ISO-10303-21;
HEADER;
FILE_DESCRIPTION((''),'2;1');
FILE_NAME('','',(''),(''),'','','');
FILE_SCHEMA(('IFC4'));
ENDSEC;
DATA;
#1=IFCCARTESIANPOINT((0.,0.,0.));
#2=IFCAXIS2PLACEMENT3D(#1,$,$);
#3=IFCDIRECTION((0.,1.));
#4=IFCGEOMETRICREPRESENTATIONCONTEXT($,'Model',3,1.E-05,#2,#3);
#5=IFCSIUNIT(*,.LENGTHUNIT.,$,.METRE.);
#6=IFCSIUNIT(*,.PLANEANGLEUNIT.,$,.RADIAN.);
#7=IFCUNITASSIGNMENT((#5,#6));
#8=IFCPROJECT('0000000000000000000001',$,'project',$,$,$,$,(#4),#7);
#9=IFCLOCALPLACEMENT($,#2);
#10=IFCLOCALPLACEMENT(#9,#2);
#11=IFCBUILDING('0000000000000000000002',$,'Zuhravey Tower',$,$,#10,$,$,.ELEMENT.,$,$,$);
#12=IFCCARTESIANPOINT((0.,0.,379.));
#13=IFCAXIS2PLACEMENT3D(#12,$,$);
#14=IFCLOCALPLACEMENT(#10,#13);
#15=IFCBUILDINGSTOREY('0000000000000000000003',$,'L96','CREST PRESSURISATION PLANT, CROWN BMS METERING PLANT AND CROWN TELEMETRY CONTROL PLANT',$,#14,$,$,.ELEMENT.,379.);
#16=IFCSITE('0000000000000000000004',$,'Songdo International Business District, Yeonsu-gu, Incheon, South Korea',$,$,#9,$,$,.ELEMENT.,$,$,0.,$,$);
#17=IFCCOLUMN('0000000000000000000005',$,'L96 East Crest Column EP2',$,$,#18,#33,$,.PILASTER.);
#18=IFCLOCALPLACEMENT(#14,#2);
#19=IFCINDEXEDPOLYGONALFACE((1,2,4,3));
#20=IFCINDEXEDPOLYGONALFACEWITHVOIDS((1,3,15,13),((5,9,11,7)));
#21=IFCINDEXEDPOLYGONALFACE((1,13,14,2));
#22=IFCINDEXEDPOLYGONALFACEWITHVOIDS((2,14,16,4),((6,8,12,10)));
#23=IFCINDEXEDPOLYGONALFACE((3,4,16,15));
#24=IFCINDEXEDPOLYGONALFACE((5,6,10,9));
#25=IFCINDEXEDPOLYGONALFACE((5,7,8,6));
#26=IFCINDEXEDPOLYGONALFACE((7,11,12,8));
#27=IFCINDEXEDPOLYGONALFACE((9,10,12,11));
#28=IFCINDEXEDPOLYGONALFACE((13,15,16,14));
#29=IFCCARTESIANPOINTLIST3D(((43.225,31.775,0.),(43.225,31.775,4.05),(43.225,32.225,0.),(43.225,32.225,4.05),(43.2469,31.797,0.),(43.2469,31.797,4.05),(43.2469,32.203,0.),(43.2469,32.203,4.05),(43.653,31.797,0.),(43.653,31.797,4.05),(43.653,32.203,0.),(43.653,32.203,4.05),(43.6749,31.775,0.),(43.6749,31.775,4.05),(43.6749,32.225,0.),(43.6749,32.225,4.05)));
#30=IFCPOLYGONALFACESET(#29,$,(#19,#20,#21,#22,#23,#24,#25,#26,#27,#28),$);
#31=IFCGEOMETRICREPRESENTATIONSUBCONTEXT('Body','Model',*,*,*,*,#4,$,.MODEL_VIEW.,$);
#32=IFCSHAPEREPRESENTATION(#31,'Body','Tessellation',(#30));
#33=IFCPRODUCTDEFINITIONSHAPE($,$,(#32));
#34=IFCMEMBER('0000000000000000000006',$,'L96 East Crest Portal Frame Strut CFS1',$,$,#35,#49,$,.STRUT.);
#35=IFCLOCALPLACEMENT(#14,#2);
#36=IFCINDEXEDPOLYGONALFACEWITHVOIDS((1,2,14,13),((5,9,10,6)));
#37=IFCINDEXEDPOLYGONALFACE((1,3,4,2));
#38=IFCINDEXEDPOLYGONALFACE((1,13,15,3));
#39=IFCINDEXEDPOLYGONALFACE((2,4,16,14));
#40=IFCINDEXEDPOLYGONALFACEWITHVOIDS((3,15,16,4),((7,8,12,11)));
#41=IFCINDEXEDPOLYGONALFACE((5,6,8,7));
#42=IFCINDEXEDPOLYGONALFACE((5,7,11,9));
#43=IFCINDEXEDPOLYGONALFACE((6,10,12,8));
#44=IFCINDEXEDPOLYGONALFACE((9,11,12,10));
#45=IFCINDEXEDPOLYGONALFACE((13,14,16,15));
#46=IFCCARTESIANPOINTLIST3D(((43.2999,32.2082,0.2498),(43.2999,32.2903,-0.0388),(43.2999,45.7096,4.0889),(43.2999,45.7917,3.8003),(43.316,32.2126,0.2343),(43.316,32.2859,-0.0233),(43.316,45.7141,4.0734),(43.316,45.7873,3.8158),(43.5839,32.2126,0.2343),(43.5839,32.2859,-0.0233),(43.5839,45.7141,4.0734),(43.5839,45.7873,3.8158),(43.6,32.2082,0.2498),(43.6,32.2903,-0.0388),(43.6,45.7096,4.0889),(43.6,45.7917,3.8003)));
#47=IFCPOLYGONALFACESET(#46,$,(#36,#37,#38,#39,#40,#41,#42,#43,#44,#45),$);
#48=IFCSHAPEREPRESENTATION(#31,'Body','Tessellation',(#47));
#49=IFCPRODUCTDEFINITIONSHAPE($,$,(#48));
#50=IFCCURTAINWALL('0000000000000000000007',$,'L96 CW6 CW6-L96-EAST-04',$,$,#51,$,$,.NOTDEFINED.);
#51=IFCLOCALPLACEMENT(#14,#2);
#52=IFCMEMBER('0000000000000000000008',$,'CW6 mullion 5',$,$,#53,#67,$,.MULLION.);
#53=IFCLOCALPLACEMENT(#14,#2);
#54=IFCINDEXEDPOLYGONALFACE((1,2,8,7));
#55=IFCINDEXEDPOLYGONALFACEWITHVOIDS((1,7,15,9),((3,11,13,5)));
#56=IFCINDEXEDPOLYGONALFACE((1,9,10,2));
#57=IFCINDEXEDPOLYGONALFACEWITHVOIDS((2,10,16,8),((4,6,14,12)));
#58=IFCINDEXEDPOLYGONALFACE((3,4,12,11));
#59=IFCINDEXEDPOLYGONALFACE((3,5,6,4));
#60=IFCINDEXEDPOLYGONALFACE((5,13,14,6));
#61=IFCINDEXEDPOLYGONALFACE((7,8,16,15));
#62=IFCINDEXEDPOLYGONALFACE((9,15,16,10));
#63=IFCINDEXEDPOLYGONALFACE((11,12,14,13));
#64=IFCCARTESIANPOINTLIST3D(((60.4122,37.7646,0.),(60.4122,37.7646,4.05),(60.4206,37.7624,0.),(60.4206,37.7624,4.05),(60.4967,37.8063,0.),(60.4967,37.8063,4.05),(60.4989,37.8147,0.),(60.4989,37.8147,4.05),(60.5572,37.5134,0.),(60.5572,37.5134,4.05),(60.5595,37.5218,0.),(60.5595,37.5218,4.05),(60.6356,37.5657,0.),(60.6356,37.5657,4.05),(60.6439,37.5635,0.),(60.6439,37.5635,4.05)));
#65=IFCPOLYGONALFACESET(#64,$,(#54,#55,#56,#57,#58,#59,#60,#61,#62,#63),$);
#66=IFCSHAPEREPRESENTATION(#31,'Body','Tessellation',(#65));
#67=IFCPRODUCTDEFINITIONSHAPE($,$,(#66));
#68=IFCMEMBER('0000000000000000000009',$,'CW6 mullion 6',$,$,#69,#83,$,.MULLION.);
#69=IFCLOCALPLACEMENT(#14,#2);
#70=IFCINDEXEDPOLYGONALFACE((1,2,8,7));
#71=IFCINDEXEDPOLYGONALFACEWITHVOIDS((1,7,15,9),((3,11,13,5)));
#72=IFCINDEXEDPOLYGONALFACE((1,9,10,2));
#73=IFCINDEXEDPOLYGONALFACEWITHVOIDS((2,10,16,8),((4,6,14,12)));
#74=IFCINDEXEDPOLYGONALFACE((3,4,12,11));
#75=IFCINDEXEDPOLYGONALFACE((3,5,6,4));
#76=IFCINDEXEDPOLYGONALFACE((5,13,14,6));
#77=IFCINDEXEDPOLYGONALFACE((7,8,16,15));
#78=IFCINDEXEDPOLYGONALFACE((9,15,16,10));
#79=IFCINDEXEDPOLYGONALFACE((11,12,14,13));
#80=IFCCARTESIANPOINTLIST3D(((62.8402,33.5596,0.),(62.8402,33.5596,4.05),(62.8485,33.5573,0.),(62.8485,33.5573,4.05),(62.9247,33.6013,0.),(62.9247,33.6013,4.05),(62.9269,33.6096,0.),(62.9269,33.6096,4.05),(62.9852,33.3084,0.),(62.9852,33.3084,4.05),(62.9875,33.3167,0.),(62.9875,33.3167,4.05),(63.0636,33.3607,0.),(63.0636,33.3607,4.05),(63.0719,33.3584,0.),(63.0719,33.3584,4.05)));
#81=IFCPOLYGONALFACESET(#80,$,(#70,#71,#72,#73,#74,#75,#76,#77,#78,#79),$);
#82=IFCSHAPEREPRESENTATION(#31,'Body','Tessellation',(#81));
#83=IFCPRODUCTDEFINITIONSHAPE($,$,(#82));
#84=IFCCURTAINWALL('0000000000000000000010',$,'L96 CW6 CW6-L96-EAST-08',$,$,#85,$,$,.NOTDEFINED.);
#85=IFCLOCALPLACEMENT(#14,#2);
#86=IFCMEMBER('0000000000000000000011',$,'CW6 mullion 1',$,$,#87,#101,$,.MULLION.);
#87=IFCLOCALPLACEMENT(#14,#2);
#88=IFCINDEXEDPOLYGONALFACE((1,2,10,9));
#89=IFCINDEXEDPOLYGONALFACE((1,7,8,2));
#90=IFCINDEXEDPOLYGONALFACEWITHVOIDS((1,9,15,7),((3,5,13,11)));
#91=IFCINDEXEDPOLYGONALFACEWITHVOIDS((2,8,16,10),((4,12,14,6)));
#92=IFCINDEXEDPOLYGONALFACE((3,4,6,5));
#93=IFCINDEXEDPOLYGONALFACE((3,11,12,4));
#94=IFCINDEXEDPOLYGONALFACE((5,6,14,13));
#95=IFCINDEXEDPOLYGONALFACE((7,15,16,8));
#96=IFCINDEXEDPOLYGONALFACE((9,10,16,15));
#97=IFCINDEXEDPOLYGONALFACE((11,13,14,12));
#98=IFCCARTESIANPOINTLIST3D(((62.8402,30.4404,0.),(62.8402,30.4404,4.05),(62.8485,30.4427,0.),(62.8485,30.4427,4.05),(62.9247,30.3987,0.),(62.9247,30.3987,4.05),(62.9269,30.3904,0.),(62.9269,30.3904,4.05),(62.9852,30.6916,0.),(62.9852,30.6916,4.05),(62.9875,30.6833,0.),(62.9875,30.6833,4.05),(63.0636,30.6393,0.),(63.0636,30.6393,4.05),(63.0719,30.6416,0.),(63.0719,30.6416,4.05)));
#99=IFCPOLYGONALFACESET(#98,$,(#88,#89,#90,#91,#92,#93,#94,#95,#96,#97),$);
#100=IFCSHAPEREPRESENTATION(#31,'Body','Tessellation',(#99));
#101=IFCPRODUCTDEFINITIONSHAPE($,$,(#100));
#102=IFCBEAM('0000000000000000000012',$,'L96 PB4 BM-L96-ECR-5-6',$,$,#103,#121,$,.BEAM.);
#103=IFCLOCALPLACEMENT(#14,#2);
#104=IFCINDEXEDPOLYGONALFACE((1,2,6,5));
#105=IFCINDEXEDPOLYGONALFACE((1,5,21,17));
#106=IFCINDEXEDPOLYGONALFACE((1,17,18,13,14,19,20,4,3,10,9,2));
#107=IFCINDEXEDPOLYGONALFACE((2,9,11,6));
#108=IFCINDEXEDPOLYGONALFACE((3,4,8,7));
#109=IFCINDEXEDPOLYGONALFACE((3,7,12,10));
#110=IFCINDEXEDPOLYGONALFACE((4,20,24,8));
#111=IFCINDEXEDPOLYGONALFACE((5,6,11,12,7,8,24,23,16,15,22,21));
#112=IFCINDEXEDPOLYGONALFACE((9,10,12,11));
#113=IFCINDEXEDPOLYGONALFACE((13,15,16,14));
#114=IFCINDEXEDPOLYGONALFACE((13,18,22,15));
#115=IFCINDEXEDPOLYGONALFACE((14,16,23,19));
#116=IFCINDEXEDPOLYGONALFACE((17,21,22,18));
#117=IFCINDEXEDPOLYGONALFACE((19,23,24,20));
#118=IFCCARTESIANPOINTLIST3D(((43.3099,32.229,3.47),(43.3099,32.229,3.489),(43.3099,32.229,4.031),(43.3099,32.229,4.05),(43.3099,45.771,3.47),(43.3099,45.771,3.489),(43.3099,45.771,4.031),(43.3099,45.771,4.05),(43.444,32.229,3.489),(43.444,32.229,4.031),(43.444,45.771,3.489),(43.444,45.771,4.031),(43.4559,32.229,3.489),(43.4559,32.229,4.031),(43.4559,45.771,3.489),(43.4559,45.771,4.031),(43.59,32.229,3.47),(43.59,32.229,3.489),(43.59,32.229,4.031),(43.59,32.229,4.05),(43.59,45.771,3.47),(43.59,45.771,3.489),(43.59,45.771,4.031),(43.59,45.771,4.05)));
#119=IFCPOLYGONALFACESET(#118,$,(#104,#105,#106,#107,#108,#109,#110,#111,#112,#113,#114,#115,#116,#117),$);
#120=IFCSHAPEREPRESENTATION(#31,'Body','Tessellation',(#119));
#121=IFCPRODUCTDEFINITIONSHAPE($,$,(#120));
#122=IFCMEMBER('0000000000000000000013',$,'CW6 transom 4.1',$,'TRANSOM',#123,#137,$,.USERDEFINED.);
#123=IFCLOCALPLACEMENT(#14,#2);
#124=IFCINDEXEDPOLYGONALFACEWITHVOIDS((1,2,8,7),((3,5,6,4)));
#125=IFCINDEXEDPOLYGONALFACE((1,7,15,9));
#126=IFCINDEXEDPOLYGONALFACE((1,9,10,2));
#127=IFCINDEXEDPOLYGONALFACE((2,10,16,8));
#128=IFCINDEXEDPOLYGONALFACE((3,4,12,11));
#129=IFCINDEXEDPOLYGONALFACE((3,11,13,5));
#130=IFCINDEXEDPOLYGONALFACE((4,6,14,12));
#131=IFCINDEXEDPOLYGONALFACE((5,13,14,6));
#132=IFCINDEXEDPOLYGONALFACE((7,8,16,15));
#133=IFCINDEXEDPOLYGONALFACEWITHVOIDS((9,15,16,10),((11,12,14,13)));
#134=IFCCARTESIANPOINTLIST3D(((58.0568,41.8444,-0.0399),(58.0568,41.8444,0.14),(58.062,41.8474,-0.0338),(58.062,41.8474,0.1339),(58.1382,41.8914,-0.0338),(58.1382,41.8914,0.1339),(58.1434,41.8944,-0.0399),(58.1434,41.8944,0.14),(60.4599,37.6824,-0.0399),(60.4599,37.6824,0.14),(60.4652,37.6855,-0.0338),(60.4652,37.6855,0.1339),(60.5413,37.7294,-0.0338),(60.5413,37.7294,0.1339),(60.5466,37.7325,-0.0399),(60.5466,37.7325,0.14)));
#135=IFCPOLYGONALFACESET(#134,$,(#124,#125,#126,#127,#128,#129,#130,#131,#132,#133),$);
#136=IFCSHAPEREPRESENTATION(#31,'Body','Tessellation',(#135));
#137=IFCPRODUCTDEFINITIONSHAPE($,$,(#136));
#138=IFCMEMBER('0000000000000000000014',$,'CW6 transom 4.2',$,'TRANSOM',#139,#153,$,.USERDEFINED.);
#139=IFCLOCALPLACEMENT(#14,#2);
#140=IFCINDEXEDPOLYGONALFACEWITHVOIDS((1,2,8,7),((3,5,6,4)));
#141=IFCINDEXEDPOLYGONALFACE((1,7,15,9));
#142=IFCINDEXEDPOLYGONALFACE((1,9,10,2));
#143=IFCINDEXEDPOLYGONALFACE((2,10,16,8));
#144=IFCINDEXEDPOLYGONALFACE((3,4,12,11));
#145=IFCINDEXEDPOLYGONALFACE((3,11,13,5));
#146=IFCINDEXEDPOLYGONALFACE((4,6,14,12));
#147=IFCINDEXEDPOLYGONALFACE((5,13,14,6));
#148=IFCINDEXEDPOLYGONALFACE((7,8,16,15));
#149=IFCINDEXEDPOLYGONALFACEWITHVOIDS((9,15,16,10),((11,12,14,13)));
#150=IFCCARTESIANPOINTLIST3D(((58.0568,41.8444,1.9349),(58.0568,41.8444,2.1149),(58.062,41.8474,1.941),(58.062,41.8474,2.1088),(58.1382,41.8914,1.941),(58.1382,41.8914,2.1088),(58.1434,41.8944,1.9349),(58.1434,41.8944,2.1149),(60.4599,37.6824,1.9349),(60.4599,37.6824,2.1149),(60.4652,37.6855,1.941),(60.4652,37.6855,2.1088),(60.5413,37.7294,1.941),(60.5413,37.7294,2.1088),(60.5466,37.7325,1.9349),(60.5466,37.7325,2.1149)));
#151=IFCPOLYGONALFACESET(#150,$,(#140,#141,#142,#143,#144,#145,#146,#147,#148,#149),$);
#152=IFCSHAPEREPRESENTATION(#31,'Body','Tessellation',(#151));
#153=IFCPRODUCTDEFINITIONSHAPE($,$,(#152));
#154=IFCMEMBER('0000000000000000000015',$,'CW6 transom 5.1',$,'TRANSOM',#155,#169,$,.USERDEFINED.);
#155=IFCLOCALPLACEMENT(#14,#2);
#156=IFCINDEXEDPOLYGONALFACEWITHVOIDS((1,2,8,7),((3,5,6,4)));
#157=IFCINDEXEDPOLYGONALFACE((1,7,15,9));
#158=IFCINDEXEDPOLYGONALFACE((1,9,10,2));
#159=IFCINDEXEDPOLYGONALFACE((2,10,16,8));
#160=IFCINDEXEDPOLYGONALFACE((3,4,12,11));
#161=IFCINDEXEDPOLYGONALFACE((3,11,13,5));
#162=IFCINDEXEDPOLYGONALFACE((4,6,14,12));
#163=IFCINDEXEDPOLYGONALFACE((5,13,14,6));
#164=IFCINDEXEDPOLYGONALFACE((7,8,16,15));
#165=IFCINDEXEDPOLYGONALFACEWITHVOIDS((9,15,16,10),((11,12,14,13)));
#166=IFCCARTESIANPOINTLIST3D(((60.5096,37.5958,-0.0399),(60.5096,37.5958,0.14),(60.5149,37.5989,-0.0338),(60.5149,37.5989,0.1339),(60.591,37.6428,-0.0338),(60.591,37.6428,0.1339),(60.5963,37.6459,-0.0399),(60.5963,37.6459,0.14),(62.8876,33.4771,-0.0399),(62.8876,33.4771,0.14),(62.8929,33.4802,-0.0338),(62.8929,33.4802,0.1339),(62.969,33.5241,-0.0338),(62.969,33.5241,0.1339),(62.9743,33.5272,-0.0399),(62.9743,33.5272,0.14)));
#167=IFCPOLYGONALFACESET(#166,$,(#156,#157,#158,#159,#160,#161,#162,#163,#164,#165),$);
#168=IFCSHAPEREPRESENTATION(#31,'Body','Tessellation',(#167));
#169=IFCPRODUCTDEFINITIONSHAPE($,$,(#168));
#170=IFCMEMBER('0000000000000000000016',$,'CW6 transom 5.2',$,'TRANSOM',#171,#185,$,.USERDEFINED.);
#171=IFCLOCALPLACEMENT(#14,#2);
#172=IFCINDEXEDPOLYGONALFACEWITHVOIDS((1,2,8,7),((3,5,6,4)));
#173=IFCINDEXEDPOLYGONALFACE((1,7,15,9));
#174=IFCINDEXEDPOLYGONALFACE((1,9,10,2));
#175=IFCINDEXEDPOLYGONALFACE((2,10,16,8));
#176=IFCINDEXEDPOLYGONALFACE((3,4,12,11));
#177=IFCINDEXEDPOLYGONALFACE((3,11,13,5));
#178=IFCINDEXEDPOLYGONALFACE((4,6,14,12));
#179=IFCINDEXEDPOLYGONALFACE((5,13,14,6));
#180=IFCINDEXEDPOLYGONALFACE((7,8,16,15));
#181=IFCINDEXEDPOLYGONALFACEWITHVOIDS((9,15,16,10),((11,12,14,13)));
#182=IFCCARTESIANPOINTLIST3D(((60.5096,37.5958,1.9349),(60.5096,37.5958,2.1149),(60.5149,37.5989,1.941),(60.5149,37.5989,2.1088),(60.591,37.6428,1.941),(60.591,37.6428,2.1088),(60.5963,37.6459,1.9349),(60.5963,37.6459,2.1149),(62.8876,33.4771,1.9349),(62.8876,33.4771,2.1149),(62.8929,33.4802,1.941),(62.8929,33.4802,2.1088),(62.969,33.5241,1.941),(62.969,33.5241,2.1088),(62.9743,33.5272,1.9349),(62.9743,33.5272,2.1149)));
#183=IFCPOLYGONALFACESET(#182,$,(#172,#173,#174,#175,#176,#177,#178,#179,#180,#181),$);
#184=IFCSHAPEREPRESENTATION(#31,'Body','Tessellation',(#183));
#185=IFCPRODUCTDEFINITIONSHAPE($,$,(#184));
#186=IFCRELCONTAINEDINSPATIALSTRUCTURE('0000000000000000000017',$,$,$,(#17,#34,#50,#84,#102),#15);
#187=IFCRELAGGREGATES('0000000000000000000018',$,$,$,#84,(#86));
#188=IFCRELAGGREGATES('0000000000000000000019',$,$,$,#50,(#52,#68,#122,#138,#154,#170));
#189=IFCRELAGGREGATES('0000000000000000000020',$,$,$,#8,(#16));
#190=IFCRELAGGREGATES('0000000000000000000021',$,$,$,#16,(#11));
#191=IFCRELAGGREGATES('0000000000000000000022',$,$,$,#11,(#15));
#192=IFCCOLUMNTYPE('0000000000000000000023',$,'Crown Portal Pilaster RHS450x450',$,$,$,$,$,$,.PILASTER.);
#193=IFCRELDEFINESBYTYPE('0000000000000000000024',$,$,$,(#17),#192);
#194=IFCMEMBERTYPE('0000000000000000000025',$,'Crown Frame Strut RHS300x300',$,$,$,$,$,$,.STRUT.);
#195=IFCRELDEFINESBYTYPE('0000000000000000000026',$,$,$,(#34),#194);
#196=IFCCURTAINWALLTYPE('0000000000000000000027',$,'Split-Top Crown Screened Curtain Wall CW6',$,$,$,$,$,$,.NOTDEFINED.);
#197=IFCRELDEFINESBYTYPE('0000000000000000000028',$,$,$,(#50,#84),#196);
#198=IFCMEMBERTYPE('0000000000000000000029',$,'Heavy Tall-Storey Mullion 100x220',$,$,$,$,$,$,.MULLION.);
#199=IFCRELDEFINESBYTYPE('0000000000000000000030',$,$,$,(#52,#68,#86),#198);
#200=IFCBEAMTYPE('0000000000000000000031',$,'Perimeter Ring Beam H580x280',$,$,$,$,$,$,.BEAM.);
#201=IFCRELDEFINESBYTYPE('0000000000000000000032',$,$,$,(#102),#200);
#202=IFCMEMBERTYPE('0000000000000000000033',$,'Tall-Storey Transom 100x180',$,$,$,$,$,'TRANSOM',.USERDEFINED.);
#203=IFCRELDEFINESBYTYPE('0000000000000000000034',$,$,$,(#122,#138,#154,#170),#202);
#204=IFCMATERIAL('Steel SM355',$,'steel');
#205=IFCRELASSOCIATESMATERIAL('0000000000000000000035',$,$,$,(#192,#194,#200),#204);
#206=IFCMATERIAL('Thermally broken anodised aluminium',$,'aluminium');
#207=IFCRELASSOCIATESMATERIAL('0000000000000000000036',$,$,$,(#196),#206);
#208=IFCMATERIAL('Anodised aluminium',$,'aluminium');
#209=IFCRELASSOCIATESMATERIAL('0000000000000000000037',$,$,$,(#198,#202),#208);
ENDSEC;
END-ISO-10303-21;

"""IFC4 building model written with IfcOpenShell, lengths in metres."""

from ifc_helpers import new_model, si_unit, direction, frame, origin, origin_2d, place, context, subcontext, project, spatial, hollow_rectangle, i_section, extrude, material, material_profile, profile_set, type_object, element, aggregate, save


model = new_model("IFC4")

# Units and contexts
model_context = context("Model", 3, precision=1e-05, world=origin(), true_north=direction((0.0, 1.0)))
body_context = subcontext(model_context, "Body", "Model", "MODEL_VIEW")
ifc_project = project(units=[si_unit("LENGTHUNIT", "METRE"), si_unit("PLANEANGLEUNIT", "RADIAN")], contexts=[model_context])

# Site, building, storey
site_placement = place(None, origin())
site = spatial("IfcSite", under=ifc_project, at=site_placement, Name="Songdo International Business District, Yeonsu-gu, Incheon, South Korea", CompositionType="ELEMENT", RefElevation=0.0)
building_placement = place(site_placement, origin())
building = spatial("IfcBuilding", under=site, at=building_placement, Name="Zuhravey Tower", CompositionType="ELEMENT")
storey_placement = place(building_placement, frame((0.0, 0.0, 379.0)))
storey = spatial("IfcBuildingStorey", under=building, at=storey_placement, Name="L96", Description="CREST PRESSURISATION PLANT, CROWN BMS METERING PLANT AND CROWN TELEMETRY CONTROL PLANT", CompositionType="ELEMENT", Elevation=379.0)

# Column
ifc_material_1 = material(Name="Steel SM355", Category="steel")
ifc_material_profile_1 = material_profile(ifc_material_1, hollow_rectangle(XDim=0.45, YDim=0.45, WallThickness=0.022, at=origin_2d()), Name="RHS-450x450x22")
ifc_profile_set_1 = profile_set([ifc_material_profile_1], Name="Steel SM355")
column_type = type_object("IfcColumnType", Name="Crown Portal Pilaster RHS450x450", PredefinedType="PILASTER", material=ifc_profile_set_1)
column_placement = place(storey_placement, frame((43.45, 32.0, 0.0), z_axis=(0.0, 0.0, 1.0), x_axis=(1.0, 0.0, 0.0)))
element("IfcColumn", 1, at=column_placement, inside=storey, type_object=column_type, Name="L96 East Crest Column EP2", PredefinedType="PILASTER", context=body_context, shape_type="SweptSolid", body=[
    extrude(hollow_rectangle(XDim=0.45, YDim=0.45, WallThickness=0.022, at=origin_2d()), origin(), (0.0, 0.0, 1.0), 4.05),
])

# Member
ifc_material_profile_2 = material_profile(ifc_material_1, hollow_rectangle(XDim=0.3, YDim=0.3, WallThickness=0.0161, at=origin_2d()), Name="RHS-300x300x16")
ifc_profile_set_2 = profile_set([ifc_material_profile_2], Name="Steel SM355")
member_type_1 = type_object("IfcMemberType", Name="Crown Frame Strut RHS300x300", PredefinedType="STRUT", material=ifc_profile_set_2)
member_1_placement = place(storey_placement, frame((43.45, 32.2493, 0.1055), z_axis=(0.0, 0.96187, 0.273506), x_axis=(-1.0, 0.0, 0.0)))
element("IfcMember", 2, at=member_1_placement, inside=storey, type_object=member_type_1, Name="L96 East Crest Portal Frame Strut CFS1", PredefinedType="STRUT", context=body_context, shape_type="SweptSolid", body=[
    extrude(hollow_rectangle(XDim=0.3, YDim=0.3, WallThickness=0.0161, at=origin_2d()), origin(), (0.0, 0.0, 1.0), 14.0366),
])

# Curtain wall, members
ifc_material_2 = material(Name="Thermally broken anodised aluminium", Category="aluminium")
curtain_wall_type = type_object("IfcCurtainWallType", Name="Split-Top Crown Screened Curtain Wall CW6", PredefinedType="NOTDEFINED", material=ifc_material_2)
curtain_wall_1_placement = place(storey_placement, origin())
curtain_wall_1 = element("IfcCurtainWall", 3, at=curtain_wall_1_placement, inside=storey, type_object=curtain_wall_type, Name="L96 CW6 CW6-L96-EAST-04", PredefinedType="NOTDEFINED")
ifc_material_3 = material(Name="Anodised aluminium", Category="aluminium")
ifc_material_profile_3 = material_profile(ifc_material_3, hollow_rectangle(XDim=0.1001, YDim=0.29, WallThickness=0.0061, at=origin_2d()), Name="ALU-RHS-100x290x6")
ifc_profile_set_3 = profile_set([ifc_material_profile_3], Name="Anodised aluminium")
member_type_2 = type_object("IfcMemberType", Name="Heavy Tall-Storey Mullion 100x220", PredefinedType="MULLION", material=ifc_profile_set_3)
member_2_placement = place(storey_placement, frame((60.5281, 37.6641, 0.0), z_axis=(0.0, 0.0, 1.0), x_axis=(0.866027, 0.499997, 0.0)))
member_2 = element("IfcMember", 4, at=member_2_placement, type_object=member_type_2, Name="CW6 mullion 5", PredefinedType="MULLION", context=body_context, shape_type="SweptSolid", body=[
    extrude(hollow_rectangle(XDim=0.1001, YDim=0.29, WallThickness=0.0061, at=origin_2d()), origin(), (0.0, 0.0, 1.0), 4.05),
])
member_3_placement = place(storey_placement, frame((62.9561, 33.459, 0.0), z_axis=(0.0, 0.0, 1.0), x_axis=(0.866027, 0.499997, 0.0)))
member_3 = element("IfcMember", 5, at=member_3_placement, type_object=member_type_2, Name="CW6 mullion 6", PredefinedType="MULLION", context=body_context, shape_type="SweptSolid", body=[
    extrude(hollow_rectangle(XDim=0.1001, YDim=0.29, WallThickness=0.0061, at=origin_2d()), origin(), (0.0, 0.0, 1.0), 4.05),
])

# Curtain wall, member
curtain_wall_2_placement = place(storey_placement, origin())
curtain_wall_2 = element("IfcCurtainWall", 6, at=curtain_wall_2_placement, inside=storey, type_object=curtain_wall_type, Name="L96 CW6 CW6-L96-EAST-08", PredefinedType="NOTDEFINED")
member_4_placement = place(storey_placement, frame((62.9561, 30.541, 0.0), z_axis=(0.0, 0.0, 1.0), x_axis=(0.866027, -0.499997, 0.0)))
member_4 = element("IfcMember", 7, at=member_4_placement, type_object=member_type_2, Name="CW6 mullion 1", PredefinedType="MULLION", context=body_context, shape_type="SweptSolid", body=[
    extrude(hollow_rectangle(XDim=0.1001, YDim=0.29, WallThickness=0.0061, at=origin_2d()), origin(), (0.0, 0.0, 1.0), 4.05),
])

# Beam
ifc_material_profile_4 = material_profile(ifc_material_1, i_section(OverallWidth=0.28, OverallDepth=0.5801, WebThickness=0.012, FlangeThickness=0.019, at=origin_2d()), Name="H-580x280x12x19")
ifc_profile_set_4 = profile_set([ifc_material_profile_4], Name="Steel SM355")
beam_type = type_object("IfcBeamType", Name="Perimeter Ring Beam H580x280", PredefinedType="BEAM", material=ifc_profile_set_4)
beam_placement = place(storey_placement, frame((43.45, 32.229, 3.76), z_axis=(0.0, 1.0, 0.0), x_axis=(-1.0, 0.0, 0.0)))
element("IfcBeam", 8, at=beam_placement, inside=storey, type_object=beam_type, Name="L96 PB4 BM-L96-ECR-5-6", PredefinedType="BEAM", context=body_context, shape_type="SweptSolid", body=[
    extrude(i_section(OverallWidth=0.28, OverallDepth=0.5801, WebThickness=0.012, FlangeThickness=0.019, at=origin_2d()), origin(), (0.0, 0.0, 1.0), 13.542),
])

# Members
ifc_material_profile_5 = material_profile(ifc_material_3, hollow_rectangle(XDim=0.1001, YDim=0.1799, WallThickness=0.0061, at=origin_2d()), Name="ALU-RHS-100x180x6")
ifc_profile_set_5 = profile_set([ifc_material_profile_5], Name="Anodised aluminium")
member_type_3 = type_object("IfcMemberType", Name="Tall-Storey Transom 100x180", ElementType="TRANSOM", PredefinedType="USERDEFINED", material=ifc_profile_set_5)
member_5_placement = place(storey_placement, frame((58.1001, 41.8694, 0.05), z_axis=(0.500035, -0.866005, 0.0), x_axis=(0.866005, 0.500035, 0.0)))
member_5 = element("IfcMember", 9, at=member_5_placement, type_object=member_type_3, Name="CW6 transom 4.1", ObjectType="TRANSOM", PredefinedType="USERDEFINED", context=body_context, shape_type="SweptSolid", body=[
    extrude(hollow_rectangle(XDim=0.1001, YDim=0.1799, WallThickness=0.0061, at=origin_2d()), origin(), (0.0, 0.0, 1.0), 4.8059),
])
member_6_placement = place(storey_placement, frame((58.1001, 41.8694, 2.0249), z_axis=(0.500035, -0.866005, 0.0), x_axis=(0.866005, 0.500035, 0.0)))
member_6 = element("IfcMember", 10, at=member_6_placement, type_object=member_type_3, Name="CW6 transom 4.2", ObjectType="TRANSOM", PredefinedType="USERDEFINED", context=body_context, shape_type="SweptSolid", body=[
    extrude(hollow_rectangle(XDim=0.1001, YDim=0.1799, WallThickness=0.0061, at=origin_2d()), origin(), (0.0, 0.0, 1.0), 4.8059),
])
member_7_placement = place(storey_placement, frame((60.553, 37.6208, 0.05), z_axis=(0.500004, -0.866023, 0.0), x_axis=(0.866023, 0.500004, 0.0)))
member_7 = element("IfcMember", 11, at=member_7_placement, type_object=member_type_3, Name="CW6 transom 5.1", ObjectType="TRANSOM", PredefinedType="USERDEFINED", context=body_context, shape_type="SweptSolid", body=[
    extrude(hollow_rectangle(XDim=0.1001, YDim=0.1799, WallThickness=0.0061, at=origin_2d()), origin(), (0.0, 0.0, 1.0), 4.7559),
])
member_8_placement = place(storey_placement, frame((60.553, 37.6208, 2.0249), z_axis=(0.500004, -0.866023, 0.0), x_axis=(0.866023, 0.500004, 0.0)))
member_8 = element("IfcMember", 12, at=member_8_placement, type_object=member_type_3, Name="CW6 transom 5.2", ObjectType="TRANSOM", PredefinedType="USERDEFINED", context=body_context, shape_type="SweptSolid", body=[
    extrude(hollow_rectangle(XDim=0.1001, YDim=0.1799, WallThickness=0.0061, at=origin_2d()), origin(), (0.0, 0.0, 1.0), 4.7559),
])
aggregate(curtain_wall_2, [member_4])

aggregate(curtain_wall_1, [member_2, member_3, member_5, member_6, member_7, member_8])

save(model, "model.ifc")
